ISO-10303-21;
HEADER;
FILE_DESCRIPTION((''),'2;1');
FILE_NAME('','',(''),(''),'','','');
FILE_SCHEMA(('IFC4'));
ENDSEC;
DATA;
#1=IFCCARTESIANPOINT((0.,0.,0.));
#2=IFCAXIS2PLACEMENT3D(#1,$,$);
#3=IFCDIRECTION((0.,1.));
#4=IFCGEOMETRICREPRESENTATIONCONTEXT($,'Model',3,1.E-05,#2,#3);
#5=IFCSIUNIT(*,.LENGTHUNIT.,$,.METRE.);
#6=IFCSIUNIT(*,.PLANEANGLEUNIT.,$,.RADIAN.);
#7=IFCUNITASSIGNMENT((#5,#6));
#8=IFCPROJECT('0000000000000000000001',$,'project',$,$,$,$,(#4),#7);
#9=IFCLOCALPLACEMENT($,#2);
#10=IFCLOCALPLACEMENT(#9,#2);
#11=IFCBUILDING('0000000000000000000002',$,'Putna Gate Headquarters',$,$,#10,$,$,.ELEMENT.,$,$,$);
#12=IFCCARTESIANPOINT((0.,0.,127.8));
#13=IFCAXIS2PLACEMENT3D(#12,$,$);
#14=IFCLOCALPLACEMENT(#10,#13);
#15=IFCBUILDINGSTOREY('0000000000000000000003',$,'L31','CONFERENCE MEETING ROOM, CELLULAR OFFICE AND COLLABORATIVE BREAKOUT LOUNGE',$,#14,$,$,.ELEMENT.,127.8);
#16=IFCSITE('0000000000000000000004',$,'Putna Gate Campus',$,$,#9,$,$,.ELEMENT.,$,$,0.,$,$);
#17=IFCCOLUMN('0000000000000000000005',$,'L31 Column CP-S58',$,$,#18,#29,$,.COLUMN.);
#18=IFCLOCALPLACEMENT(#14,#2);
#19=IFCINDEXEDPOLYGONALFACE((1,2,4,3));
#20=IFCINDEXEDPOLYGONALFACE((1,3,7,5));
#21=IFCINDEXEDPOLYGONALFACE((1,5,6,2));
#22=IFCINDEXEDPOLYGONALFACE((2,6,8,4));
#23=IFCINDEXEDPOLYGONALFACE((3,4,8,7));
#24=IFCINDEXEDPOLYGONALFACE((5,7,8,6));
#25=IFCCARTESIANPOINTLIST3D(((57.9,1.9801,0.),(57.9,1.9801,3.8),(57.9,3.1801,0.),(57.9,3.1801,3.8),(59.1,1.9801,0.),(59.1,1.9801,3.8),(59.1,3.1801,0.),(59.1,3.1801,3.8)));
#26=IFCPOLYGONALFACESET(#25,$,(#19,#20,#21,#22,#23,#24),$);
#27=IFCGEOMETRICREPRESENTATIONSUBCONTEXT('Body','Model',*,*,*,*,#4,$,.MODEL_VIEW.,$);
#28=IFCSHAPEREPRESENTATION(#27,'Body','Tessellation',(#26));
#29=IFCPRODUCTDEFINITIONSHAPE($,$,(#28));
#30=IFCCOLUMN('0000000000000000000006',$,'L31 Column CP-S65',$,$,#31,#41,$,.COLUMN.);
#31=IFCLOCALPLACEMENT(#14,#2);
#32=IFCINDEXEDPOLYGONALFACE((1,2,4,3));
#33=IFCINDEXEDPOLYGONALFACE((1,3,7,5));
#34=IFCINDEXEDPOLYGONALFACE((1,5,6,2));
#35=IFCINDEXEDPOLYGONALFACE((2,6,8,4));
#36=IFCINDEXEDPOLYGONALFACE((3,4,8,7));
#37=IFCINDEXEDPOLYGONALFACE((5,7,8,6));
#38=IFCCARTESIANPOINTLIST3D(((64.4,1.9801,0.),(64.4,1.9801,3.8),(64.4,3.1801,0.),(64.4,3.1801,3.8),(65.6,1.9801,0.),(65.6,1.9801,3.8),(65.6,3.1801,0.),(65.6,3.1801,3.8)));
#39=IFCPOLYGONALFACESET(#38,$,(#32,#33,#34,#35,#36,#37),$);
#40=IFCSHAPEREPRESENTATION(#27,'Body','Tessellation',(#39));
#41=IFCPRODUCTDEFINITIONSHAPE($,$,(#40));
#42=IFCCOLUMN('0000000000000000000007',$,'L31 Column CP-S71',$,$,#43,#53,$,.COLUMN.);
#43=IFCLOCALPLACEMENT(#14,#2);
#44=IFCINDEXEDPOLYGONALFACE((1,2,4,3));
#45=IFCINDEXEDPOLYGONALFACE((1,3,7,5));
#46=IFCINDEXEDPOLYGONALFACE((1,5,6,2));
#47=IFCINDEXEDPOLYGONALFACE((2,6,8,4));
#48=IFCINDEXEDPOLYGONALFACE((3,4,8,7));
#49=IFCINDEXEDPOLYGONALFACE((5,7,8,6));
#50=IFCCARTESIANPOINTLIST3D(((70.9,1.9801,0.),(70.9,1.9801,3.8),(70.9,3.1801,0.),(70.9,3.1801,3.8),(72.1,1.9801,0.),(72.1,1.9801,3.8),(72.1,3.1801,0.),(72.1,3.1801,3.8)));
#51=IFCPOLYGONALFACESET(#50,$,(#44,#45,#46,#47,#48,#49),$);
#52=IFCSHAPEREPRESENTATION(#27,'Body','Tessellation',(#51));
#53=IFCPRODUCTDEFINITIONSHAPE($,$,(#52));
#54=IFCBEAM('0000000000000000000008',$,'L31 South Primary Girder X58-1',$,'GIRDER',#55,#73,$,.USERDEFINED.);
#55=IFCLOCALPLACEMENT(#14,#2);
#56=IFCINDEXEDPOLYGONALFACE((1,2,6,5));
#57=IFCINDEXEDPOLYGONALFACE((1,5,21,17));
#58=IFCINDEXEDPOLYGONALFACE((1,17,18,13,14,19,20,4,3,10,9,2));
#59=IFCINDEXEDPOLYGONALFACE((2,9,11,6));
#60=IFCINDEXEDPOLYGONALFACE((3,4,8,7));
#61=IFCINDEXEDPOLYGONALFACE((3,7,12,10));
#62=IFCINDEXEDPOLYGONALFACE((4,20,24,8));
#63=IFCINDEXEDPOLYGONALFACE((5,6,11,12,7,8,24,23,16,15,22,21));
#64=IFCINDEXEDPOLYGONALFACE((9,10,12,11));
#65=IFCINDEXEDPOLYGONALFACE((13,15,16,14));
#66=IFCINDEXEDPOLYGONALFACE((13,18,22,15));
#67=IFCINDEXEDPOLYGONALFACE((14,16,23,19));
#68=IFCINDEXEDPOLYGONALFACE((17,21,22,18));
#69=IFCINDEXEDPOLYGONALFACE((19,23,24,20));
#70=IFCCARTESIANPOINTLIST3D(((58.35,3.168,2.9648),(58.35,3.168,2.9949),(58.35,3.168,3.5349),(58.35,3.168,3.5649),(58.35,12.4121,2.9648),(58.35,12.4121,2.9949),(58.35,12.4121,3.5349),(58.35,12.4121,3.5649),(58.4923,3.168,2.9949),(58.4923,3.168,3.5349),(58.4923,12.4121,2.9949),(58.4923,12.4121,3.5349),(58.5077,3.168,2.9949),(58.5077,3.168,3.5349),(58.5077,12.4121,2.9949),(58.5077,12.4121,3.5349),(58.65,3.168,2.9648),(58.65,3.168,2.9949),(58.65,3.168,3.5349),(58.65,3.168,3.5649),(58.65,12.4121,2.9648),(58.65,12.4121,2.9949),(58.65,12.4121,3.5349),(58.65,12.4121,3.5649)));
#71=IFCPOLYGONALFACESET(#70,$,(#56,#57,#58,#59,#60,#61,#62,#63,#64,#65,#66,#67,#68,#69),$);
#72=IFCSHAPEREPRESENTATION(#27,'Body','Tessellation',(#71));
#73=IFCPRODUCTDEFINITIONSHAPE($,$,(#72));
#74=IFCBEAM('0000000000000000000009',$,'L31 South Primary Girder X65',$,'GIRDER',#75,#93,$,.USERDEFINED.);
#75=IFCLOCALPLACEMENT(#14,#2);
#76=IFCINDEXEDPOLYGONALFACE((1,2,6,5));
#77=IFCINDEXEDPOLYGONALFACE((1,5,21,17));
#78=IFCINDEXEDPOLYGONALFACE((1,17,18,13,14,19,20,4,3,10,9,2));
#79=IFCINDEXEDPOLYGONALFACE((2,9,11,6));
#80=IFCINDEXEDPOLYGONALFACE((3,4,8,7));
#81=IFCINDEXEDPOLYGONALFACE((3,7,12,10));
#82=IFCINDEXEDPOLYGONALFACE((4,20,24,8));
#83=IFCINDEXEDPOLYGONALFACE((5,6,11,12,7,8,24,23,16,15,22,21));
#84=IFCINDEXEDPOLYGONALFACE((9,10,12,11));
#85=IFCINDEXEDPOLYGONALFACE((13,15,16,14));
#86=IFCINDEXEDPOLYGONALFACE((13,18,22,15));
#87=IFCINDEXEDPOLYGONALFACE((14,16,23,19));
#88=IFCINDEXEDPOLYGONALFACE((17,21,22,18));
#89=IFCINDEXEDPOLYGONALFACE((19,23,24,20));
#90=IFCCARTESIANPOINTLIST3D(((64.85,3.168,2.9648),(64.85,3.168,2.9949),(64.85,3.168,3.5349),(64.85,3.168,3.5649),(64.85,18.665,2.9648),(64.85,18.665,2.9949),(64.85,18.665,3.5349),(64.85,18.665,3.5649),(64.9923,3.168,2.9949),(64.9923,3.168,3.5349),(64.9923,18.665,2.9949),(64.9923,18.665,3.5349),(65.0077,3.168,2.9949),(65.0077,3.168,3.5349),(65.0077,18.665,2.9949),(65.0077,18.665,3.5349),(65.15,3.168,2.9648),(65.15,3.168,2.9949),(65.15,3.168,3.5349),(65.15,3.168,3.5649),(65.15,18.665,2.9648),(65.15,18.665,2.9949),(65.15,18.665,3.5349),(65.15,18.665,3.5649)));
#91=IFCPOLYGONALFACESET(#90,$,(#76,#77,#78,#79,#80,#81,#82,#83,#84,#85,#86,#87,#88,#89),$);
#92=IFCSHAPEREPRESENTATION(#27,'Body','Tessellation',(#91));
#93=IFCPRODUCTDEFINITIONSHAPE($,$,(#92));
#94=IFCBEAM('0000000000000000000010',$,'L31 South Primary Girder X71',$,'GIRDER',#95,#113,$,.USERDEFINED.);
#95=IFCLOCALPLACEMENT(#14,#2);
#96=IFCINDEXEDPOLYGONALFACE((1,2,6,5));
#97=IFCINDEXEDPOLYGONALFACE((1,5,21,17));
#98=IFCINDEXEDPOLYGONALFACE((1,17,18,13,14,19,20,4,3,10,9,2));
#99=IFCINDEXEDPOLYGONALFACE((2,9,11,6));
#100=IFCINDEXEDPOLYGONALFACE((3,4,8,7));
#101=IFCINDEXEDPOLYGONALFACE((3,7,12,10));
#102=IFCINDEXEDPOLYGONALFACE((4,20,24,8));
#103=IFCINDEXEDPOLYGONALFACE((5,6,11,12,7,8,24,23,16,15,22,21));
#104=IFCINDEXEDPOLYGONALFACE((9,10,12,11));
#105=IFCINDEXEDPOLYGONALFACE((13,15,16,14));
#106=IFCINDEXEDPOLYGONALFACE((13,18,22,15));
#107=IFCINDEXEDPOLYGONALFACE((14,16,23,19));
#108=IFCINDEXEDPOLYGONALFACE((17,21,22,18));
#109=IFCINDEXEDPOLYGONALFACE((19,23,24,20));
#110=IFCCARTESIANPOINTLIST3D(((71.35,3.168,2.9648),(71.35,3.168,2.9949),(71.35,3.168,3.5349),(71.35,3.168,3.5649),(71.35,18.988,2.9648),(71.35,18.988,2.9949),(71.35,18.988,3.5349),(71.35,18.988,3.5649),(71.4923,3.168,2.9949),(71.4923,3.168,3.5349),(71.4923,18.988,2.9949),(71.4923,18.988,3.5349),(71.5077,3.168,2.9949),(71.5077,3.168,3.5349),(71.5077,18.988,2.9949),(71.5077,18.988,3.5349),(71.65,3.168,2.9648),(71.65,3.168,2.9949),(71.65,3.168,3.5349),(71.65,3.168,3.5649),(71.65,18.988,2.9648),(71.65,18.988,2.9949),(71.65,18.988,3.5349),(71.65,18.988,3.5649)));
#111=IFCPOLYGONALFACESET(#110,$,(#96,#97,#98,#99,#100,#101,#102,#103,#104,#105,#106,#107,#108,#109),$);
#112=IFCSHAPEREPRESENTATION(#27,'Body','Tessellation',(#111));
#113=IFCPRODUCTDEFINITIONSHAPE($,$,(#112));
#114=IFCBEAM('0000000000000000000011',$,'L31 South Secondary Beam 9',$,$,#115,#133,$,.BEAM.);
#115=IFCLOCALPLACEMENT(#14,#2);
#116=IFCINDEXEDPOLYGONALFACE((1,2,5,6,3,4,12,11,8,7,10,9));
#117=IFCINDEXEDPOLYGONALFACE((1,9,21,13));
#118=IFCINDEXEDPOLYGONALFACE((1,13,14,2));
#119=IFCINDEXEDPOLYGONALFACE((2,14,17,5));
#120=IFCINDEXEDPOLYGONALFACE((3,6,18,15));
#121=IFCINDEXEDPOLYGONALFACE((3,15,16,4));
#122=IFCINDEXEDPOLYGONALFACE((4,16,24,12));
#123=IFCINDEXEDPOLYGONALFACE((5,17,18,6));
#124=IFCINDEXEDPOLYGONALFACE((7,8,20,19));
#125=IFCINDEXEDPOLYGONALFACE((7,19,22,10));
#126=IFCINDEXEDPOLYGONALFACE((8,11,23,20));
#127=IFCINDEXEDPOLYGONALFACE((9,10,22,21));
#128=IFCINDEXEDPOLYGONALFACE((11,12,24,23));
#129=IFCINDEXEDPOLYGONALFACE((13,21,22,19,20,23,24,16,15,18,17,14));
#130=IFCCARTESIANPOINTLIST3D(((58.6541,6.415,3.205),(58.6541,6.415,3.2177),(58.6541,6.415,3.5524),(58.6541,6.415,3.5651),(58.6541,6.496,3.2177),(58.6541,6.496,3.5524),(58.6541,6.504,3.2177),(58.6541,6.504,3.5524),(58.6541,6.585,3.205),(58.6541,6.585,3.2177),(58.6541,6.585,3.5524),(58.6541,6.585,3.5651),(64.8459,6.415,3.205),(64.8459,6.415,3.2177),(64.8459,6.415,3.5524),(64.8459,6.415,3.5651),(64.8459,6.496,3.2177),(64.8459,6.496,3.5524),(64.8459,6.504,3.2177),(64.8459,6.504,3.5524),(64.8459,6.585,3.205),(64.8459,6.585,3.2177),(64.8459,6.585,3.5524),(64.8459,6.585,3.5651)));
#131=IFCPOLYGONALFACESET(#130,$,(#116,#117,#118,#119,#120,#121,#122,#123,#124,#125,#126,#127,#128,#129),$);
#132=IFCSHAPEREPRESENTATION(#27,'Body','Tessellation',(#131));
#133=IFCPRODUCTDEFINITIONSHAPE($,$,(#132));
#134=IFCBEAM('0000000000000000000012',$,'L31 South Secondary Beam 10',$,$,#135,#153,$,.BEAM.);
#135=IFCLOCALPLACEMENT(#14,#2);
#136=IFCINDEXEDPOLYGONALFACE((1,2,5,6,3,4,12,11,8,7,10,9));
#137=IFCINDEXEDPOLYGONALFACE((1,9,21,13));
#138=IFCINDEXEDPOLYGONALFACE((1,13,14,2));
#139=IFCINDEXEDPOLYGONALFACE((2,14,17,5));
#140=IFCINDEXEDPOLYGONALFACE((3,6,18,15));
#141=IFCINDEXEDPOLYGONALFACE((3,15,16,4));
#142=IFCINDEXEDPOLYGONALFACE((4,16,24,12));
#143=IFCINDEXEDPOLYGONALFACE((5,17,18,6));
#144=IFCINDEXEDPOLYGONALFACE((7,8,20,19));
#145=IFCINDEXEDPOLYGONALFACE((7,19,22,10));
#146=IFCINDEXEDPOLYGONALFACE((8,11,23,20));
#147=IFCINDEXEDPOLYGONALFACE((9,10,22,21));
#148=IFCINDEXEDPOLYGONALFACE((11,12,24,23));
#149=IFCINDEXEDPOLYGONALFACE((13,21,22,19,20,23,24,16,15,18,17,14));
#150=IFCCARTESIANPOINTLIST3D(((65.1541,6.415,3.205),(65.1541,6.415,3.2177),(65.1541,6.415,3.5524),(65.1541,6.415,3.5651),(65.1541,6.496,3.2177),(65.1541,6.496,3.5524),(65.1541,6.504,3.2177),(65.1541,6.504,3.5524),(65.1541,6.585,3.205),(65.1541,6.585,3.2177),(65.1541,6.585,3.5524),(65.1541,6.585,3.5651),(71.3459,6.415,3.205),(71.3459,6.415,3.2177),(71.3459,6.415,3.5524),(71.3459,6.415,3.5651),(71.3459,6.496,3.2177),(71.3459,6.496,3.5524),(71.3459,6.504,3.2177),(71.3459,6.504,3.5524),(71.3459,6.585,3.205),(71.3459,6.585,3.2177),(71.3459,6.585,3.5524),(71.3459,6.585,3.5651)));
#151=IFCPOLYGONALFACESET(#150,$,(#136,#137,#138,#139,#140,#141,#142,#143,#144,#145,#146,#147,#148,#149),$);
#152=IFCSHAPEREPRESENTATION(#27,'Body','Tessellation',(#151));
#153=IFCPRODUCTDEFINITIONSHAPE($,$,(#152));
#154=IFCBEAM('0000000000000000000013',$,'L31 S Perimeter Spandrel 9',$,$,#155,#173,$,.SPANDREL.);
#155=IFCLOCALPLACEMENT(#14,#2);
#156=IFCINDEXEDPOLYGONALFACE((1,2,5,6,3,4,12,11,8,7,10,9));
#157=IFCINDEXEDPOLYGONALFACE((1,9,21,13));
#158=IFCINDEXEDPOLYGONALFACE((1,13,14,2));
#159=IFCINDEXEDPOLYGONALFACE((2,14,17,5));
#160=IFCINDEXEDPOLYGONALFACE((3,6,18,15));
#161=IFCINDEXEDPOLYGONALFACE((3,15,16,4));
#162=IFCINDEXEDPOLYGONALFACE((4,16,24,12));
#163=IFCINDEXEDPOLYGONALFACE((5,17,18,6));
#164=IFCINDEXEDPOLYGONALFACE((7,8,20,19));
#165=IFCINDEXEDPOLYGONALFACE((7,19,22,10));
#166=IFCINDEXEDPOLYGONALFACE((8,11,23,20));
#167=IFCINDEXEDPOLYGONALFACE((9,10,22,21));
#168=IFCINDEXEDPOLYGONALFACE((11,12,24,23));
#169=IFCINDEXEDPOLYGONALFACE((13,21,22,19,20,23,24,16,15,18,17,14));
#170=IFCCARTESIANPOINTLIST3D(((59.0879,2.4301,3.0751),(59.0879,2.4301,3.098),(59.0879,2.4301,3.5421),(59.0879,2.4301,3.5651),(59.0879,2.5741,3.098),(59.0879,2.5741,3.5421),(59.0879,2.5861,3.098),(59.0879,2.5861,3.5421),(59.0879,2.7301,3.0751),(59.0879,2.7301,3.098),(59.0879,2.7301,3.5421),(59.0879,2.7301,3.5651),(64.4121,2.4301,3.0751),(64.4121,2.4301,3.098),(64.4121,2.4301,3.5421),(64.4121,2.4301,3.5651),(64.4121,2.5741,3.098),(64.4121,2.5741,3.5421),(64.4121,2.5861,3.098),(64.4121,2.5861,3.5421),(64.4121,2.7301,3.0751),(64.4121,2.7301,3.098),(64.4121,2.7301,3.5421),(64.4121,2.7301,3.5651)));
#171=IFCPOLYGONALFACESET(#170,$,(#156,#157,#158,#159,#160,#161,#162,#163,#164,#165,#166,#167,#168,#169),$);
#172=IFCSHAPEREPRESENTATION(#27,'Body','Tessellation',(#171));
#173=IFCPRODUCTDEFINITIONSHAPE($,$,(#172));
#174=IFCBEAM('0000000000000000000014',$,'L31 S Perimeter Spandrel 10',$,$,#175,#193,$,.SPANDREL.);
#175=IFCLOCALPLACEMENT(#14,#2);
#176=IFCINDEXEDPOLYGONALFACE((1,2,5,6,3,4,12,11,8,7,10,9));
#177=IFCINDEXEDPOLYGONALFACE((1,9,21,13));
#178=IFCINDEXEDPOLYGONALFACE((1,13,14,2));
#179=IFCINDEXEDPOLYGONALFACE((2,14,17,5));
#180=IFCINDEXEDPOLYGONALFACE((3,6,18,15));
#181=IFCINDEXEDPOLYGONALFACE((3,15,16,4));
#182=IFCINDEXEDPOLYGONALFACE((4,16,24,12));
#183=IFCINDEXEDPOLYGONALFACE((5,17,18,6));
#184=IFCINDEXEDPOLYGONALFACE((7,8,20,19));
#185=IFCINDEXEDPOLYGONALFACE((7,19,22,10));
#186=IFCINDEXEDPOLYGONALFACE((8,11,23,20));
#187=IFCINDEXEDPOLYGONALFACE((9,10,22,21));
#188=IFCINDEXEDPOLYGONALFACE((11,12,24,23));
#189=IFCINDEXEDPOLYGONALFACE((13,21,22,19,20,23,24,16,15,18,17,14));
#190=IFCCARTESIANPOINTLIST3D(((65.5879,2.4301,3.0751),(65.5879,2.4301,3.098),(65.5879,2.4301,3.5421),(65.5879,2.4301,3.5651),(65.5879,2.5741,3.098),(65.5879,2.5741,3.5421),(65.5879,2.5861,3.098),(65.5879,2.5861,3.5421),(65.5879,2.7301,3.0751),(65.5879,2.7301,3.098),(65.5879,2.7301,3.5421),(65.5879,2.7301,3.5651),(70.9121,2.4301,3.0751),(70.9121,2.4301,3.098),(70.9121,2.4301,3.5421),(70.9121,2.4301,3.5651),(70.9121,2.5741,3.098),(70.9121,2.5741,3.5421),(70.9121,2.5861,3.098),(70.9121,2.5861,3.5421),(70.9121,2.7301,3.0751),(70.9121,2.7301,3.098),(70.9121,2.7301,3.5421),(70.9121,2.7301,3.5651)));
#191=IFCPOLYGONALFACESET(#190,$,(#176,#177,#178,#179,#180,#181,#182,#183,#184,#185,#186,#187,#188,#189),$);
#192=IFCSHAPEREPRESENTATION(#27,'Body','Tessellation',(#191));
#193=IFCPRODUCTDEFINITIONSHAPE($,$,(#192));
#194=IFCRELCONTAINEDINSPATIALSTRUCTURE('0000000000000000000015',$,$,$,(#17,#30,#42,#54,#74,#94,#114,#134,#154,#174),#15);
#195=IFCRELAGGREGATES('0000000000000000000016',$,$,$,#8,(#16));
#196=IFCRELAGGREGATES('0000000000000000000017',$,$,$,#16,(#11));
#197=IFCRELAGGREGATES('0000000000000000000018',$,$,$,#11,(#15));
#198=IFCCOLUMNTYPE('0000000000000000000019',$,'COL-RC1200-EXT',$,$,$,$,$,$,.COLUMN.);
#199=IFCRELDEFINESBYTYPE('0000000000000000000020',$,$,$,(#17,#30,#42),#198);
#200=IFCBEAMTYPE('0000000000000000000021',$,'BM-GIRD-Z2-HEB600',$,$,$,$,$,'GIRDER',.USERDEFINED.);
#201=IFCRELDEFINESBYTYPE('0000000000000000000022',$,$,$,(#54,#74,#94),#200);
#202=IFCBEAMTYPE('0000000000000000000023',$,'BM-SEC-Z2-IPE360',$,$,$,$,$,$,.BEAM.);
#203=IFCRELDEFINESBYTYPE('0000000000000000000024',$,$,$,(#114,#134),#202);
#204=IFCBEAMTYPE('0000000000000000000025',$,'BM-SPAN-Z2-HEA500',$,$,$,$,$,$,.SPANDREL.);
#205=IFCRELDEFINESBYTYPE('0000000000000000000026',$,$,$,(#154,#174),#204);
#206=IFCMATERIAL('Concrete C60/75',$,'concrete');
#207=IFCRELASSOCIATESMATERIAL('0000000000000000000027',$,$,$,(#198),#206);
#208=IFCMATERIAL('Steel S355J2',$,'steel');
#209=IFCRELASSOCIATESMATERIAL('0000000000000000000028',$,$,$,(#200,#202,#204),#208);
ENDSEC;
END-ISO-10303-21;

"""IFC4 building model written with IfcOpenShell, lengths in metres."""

from ifc_helpers import new_model, si_unit, direction, frame, origin, origin_2d, place, context, subcontext, project, spatial, rectangle, i_section, extrude, material, material_profile, profile_set, type_object, element, save


model = new_model("IFC4")

# Units and contexts
model_context = context("Model", 3, precision=1e-05, world=origin(), true_north=direction((0.0, 1.0)))
body_context = subcontext(model_context, "Body", "Model", "MODEL_VIEW")
ifc_project = project(units=[si_unit("LENGTHUNIT", "METRE"), si_unit("PLANEANGLEUNIT", "RADIAN")], contexts=[model_context])

# Site, building, storey
site_placement = place(None, origin())
site = spatial("IfcSite", under=ifc_project, at=site_placement, Name="Putna Gate Campus", CompositionType="ELEMENT", RefElevation=0.0)
building_placement = place(site_placement, origin())
building = spatial("IfcBuilding", under=site, at=building_placement, Name="Putna Gate Headquarters", CompositionType="ELEMENT")
storey_placement = place(building_placement, frame((0.0, 0.0, 127.8)))
storey = spatial("IfcBuildingStorey", under=building, at=storey_placement, Name="L31", Description="CONFERENCE MEETING ROOM, CELLULAR OFFICE AND COLLABORATIVE BREAKOUT LOUNGE", CompositionType="ELEMENT", Elevation=127.8)

# Columns
ifc_material_1 = material(Name="Concrete C60/75", Category="concrete")
ifc_material_profile_1 = material_profile(ifc_material_1, rectangle(XDim=1.2, YDim=1.2, at=origin_2d()), Name="Concrete C60/75")
ifc_profile_set_1 = profile_set([ifc_material_profile_1], Name="Concrete C60/75")
column_type = type_object("IfcColumnType", Name="COL-RC1200-EXT", PredefinedType="COLUMN", material=ifc_profile_set_1)
for number, where, z_axis, x_axis, name in (
    (1, (58.5, 2.5801, 0.0), (0.0, 0.0, 1.0), (1.0, 0.0, 0.0), "L31 Column CP-S58"),
    (2, (65.0, 2.5801, 0.0), (0.0, 0.0, 1.0), (1.0, 0.0, 0.0), "L31 Column CP-S65"),
    (3, (71.5, 2.5801, 0.0), (0.0, 0.0, 1.0), (1.0, 0.0, 0.0), "L31 Column CP-S71"),
):
    element("IfcColumn", number, at=place(storey_placement, frame(where, z_axis=z_axis, x_axis=x_axis)), inside=storey, type_object=column_type, Name=name, PredefinedType="COLUMN", context=body_context, shape_type="SweptSolid", body=[
        extrude(rectangle(XDim=1.2, YDim=1.2, at=origin_2d()), origin(), (0.0, 0.0, 1.0), 3.8),
    ])

# Beams
ifc_material_2 = material(Name="Steel S355J2", Category="steel")
ifc_material_profile_2 = material_profile(ifc_material_2, i_section(OverallWidth=0.3, OverallDepth=0.6001, WebThickness=0.0154, FlangeThickness=0.03, at=origin_2d()), Name="Steel S355J2")
ifc_profile_set_2 = profile_set([ifc_material_profile_2], Name="Steel S355J2")
beam_type_1 = type_object("IfcBeamType", Name="BM-GIRD-Z2-HEB600", ElementType="GIRDER", PredefinedType="USERDEFINED", material=ifc_profile_set_2)
beam_1_placement = place(storey_placement, frame((58.5, 3.168, 3.2649), z_axis=(0.0, 1.0, 0.0), x_axis=(-1.0, 0.0, 0.0)))
element("IfcBeam", 4, at=beam_1_placement, inside=storey, type_object=beam_type_1, Name="L31 South Primary Girder X58-1", ObjectType="GIRDER", PredefinedType="USERDEFINED", context=body_context, shape_type="SweptSolid", body=[
    extrude(i_section(OverallWidth=0.3, OverallDepth=0.6001, WebThickness=0.0154, FlangeThickness=0.03, at=origin_2d()), origin(), (0.0, 0.0, 1.0), 9.2441),
])
beam_2_placement = place(storey_placement, frame((65.0, 3.168, 3.2649), z_axis=(0.0, 1.0, 0.0), x_axis=(-1.0, 0.0, 0.0)))
element("IfcBeam", 5, at=beam_2_placement, inside=storey, type_object=beam_type_1, Name="L31 South Primary Girder X65", ObjectType="GIRDER", PredefinedType="USERDEFINED", context=body_context, shape_type="SweptSolid", body=[
    extrude(i_section(OverallWidth=0.3, OverallDepth=0.6001, WebThickness=0.0154, FlangeThickness=0.03, at=origin_2d()), origin(), (0.0, 0.0, 1.0), 15.4971),
])
beam_3_placement = place(storey_placement, frame((71.5, 3.168, 3.2649), z_axis=(0.0, 1.0, 0.0), x_axis=(-1.0, 0.0, 0.0)))
element("IfcBeam", 6, at=beam_3_placement, inside=storey, type_object=beam_type_1, Name="L31 South Primary Girder X71", ObjectType="GIRDER", PredefinedType="USERDEFINED", context=body_context, shape_type="SweptSolid", body=[
    extrude(i_section(OverallWidth=0.3, OverallDepth=0.6001, WebThickness=0.0154, FlangeThickness=0.03, at=origin_2d()), origin(), (0.0, 0.0, 1.0), 15.8201),
])
ifc_material_profile_3 = material_profile(ifc_material_2, i_section(OverallWidth=0.1699, OverallDepth=0.3601, WebThickness=0.0081, FlangeThickness=0.0127, at=origin_2d()), Name="Steel S355J2")
ifc_profile_set_3 = profile_set([ifc_material_profile_3], Name="Steel S355J2")
beam_type_2 = type_object("IfcBeamType", Name="BM-SEC-Z2-IPE360", PredefinedType="BEAM", material=ifc_profile_set_3)
for number, where, z_axis, x_axis, name in (
    (7, (58.6541, 6.5, 3.385), (1.0, 0.0, 0.0), (0.0, 1.0, 0.0), "L31 South Secondary Beam 9"),
    (8, (65.1541, 6.5, 3.385), (1.0, 0.0, 0.0), (0.0, 1.0, 0.0), "L31 South Secondary Beam 10"),
):
    element("IfcBeam", number, at=place(storey_placement, frame(where, z_axis=z_axis, x_axis=x_axis)), inside=storey, type_object=beam_type_2, Name=name, PredefinedType="BEAM", context=body_context, shape_type="SweptSolid", body=[
        extrude(i_section(OverallWidth=0.1699, OverallDepth=0.3601, WebThickness=0.0081, FlangeThickness=0.0127, at=origin_2d()), origin(), (0.0, 0.0, 1.0), 6.1919),
    ])
ifc_material_profile_4 = material_profile(ifc_material_2, i_section(OverallWidth=0.3, OverallDepth=0.49, WebThickness=0.012, FlangeThickness=0.0229, at=origin_2d()), Name="Steel S355J2")
ifc_profile_set_4 = profile_set([ifc_material_profile_4], Name="Steel S355J2")
beam_type_3 = type_object("IfcBeamType", Name="BM-SPAN-Z2-HEA500", PredefinedType="SPANDREL", material=ifc_profile_set_4)
for number, where, z_axis, x_axis, name in (
    (9, (59.0879, 2.5801, 3.3201), (1.0, 0.0, 0.0), (0.0, 1.0, 0.0), "L31 S Perimeter Spandrel 9"),
    (10, (65.5879, 2.5801, 3.3201), (1.0, 0.0, 0.0), (0.0, 1.0, 0.0), "L31 S Perimeter Spandrel 10"),
):
    element("IfcBeam", number, at=place(storey_placement, frame(where, z_axis=z_axis, x_axis=x_axis)), inside=storey, type_object=beam_type_3, Name=name, PredefinedType="SPANDREL", context=body_context, shape_type="SweptSolid", body=[
        extrude(i_section(OverallWidth=0.3, OverallDepth=0.49, WebThickness=0.012, FlangeThickness=0.0229, at=origin_2d()), origin(), (0.0, 0.0, 1.0), 5.3242),
    ])

save(model, "model.ifc")
